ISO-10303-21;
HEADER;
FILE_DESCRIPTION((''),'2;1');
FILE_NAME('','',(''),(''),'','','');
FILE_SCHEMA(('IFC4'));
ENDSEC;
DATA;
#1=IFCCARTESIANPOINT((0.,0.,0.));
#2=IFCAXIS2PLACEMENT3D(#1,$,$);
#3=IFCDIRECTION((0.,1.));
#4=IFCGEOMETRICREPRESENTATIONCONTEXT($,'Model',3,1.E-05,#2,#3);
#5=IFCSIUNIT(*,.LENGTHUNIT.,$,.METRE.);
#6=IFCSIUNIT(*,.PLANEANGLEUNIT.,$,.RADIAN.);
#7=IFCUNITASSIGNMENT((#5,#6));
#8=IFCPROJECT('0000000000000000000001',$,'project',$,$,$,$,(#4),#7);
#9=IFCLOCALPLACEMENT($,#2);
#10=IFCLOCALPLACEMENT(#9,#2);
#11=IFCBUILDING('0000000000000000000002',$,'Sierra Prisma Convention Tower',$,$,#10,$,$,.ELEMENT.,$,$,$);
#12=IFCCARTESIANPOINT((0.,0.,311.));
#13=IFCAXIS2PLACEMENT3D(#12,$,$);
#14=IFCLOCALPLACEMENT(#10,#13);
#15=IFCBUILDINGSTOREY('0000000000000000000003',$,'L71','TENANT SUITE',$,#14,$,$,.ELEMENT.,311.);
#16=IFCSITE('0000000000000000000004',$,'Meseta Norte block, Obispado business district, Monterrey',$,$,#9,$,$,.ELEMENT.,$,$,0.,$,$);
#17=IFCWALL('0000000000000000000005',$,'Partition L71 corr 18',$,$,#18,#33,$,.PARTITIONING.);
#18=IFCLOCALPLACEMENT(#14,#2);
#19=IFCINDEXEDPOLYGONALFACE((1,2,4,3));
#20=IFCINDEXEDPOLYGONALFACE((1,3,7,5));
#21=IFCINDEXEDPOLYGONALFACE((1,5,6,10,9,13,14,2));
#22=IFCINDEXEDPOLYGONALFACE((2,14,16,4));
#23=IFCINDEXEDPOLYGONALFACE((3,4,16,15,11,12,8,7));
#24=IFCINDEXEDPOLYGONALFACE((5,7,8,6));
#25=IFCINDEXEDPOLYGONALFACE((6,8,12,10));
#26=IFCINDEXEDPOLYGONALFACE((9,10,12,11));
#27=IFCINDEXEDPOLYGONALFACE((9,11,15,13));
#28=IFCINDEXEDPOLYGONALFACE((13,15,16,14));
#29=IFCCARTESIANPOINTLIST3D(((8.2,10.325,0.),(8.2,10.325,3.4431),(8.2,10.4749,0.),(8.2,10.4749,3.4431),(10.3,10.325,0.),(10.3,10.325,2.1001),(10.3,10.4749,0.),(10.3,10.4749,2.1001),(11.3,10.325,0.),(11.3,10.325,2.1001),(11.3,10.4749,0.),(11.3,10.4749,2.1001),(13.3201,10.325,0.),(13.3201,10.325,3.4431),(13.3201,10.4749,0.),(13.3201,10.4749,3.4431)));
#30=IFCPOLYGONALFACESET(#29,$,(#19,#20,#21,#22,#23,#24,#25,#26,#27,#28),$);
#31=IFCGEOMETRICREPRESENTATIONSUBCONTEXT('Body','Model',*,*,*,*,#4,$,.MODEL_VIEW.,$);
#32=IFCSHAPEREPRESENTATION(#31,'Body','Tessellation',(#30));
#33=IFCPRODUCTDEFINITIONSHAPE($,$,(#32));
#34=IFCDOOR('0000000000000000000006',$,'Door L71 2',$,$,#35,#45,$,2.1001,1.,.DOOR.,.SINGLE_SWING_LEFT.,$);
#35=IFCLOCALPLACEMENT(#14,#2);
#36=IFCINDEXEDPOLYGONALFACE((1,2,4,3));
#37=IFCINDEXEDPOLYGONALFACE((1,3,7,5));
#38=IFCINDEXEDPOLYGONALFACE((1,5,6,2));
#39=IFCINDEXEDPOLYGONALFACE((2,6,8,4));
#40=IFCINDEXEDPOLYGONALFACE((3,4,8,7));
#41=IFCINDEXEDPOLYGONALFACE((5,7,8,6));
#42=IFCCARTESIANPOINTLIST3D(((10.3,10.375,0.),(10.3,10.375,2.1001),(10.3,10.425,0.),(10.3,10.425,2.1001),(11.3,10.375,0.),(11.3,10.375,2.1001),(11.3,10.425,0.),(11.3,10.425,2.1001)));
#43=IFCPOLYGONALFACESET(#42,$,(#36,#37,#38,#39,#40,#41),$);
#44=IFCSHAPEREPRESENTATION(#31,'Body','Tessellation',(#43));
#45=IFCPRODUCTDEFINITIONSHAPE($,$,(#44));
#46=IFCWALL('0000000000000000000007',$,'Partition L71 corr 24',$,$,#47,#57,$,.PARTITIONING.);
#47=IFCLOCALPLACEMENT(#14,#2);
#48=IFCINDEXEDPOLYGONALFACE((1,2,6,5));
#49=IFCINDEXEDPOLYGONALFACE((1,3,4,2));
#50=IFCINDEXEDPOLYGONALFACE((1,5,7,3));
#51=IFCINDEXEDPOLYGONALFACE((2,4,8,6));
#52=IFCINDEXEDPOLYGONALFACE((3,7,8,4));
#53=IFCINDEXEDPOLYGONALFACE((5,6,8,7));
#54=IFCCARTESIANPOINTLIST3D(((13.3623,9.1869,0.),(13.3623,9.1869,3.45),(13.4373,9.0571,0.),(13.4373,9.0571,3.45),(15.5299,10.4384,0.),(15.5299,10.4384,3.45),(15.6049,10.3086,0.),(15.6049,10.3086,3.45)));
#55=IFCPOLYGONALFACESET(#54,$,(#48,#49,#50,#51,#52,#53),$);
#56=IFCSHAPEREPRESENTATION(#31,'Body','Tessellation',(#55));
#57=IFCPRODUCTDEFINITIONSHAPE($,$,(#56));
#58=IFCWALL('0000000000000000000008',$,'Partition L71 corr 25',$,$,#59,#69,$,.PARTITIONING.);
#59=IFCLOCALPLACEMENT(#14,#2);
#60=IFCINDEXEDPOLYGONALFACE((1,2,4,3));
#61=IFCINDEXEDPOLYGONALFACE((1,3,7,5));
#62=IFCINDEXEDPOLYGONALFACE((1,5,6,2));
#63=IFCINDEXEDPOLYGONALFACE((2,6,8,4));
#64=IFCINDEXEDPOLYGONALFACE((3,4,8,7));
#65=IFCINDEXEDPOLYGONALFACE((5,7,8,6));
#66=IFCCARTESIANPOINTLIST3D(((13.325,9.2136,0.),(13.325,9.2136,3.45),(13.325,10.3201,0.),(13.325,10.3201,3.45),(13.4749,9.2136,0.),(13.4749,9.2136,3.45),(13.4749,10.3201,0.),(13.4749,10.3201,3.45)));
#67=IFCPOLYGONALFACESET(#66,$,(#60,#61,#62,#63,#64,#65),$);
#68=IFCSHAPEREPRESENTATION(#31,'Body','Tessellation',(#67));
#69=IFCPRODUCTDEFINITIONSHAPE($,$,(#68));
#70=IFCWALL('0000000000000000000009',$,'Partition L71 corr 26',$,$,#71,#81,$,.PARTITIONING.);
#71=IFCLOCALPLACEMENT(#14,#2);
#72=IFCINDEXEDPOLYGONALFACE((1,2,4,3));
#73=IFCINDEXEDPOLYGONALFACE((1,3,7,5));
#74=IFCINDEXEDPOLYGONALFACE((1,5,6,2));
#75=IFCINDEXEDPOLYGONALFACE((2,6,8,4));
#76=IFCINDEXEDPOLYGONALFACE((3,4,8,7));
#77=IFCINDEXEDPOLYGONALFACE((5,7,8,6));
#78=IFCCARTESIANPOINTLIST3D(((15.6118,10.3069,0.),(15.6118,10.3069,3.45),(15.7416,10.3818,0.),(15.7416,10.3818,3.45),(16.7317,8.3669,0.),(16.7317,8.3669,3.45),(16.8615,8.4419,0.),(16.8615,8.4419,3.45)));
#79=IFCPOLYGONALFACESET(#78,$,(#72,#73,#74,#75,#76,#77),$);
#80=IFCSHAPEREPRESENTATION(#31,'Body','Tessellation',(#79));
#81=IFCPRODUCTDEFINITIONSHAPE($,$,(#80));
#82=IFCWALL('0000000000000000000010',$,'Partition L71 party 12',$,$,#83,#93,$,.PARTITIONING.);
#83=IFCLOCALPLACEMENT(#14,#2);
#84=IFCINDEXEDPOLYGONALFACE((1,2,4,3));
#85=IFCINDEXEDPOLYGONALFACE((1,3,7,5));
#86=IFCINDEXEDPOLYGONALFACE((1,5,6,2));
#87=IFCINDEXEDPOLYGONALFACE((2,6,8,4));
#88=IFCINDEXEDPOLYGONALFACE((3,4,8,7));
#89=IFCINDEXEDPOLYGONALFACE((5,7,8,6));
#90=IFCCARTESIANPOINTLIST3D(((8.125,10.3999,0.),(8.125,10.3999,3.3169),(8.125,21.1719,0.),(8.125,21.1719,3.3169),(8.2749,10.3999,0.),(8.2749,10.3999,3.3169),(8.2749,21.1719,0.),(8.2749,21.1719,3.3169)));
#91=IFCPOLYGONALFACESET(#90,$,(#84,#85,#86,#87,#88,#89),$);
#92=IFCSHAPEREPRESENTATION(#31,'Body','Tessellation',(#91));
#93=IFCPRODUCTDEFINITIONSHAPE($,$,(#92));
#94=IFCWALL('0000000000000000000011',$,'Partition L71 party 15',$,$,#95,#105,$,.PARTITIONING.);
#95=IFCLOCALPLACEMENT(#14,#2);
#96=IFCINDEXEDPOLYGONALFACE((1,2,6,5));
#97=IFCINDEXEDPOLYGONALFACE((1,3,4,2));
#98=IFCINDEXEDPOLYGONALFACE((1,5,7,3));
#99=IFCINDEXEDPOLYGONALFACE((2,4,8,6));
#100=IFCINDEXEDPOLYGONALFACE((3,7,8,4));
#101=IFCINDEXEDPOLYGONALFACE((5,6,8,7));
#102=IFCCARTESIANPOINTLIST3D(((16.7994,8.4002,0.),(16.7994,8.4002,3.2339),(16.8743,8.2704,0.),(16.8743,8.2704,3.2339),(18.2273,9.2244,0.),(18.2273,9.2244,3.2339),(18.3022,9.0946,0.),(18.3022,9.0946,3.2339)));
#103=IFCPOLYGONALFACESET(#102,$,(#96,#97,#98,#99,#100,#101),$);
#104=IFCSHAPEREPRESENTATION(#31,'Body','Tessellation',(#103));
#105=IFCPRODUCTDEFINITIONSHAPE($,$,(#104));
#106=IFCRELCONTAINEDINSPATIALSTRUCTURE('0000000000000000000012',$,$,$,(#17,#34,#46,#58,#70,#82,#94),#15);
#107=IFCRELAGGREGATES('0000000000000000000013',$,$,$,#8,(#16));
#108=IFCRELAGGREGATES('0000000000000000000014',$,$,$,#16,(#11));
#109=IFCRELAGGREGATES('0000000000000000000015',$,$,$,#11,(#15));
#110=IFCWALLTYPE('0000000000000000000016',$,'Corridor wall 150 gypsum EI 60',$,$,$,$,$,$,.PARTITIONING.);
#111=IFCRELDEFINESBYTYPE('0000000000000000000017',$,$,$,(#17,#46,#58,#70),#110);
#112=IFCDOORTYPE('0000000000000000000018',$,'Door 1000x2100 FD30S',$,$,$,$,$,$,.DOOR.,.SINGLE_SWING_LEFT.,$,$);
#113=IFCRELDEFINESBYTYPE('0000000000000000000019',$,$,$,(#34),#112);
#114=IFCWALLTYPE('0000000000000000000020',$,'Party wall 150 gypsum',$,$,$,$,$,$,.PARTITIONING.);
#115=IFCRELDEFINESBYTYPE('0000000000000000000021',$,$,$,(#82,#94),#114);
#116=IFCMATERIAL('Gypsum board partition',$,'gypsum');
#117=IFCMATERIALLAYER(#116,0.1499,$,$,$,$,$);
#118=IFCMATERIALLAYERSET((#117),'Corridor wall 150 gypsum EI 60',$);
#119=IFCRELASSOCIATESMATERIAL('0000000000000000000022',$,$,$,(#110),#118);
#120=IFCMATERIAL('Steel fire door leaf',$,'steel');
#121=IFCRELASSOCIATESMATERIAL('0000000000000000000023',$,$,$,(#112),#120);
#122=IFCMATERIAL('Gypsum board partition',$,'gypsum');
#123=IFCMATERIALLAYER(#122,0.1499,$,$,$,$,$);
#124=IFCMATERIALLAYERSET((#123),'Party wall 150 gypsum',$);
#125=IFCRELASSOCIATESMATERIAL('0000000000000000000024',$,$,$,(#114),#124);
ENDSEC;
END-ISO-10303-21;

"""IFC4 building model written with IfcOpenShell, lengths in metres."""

from ifc_helpers import new_model, si_unit, direction, frame, frame_2d, origin, place, context, subcontext, project, spatial, rectangle, extrude, material, layer, layer_set, type_object, element, fill, save


model = new_model("IFC4")

# Units and contexts
model_context = context("Model", 3, precision=1e-05, world=origin(), true_north=direction((0.0, 1.0)))
body_context = subcontext(model_context, "Body", "Model", "MODEL_VIEW")
ifc_project = project(units=[si_unit("LENGTHUNIT", "METRE"), si_unit("PLANEANGLEUNIT", "RADIAN")], contexts=[model_context])

# Site, building, storey
site_placement = place(None, origin())
site = spatial("IfcSite", under=ifc_project, at=site_placement, Name="Meseta Norte block, Obispado business district, Monterrey", CompositionType="ELEMENT", RefElevation=0.0)
building_placement = place(site_placement, origin())
building = spatial("IfcBuilding", under=site, at=building_placement, Name="Sierra Prisma Convention Tower", CompositionType="ELEMENT")
storey_placement = place(building_placement, frame((0.0, 0.0, 311.0)))
storey = spatial("IfcBuildingStorey", under=building, at=storey_placement, Name="L71", Description="TENANT SUITE", CompositionType="ELEMENT", Elevation=311.0)

# Shared definitions
ifc_material_1 = material(Name="Gypsum board partition", Category="gypsum")
ifc_layer_1 = layer(ifc_material_1, 0.1499)
ifc_layer_set_1 = layer_set([ifc_layer_1], Name="Corridor wall 150 gypsum EI 60")
wall_type_1 = type_object("IfcWallType", Name="Corridor wall 150 gypsum EI 60", PredefinedType="PARTITIONING", material=ifc_layer_set_1)

# Shared definitions
ifc_material_2 = material(Name="Steel fire door leaf", Category="steel")
door_type_1 = type_object("IfcDoorType", Name="Door 1000x2100 FD30S", OperationType="SINGLE_SWING_LEFT", PredefinedType="DOOR", material=ifc_material_2)

# Wall, opening, door
wall_1_placement = place(storey_placement, frame((13.3201, 10.3999, 0.0), z_axis=(0.0, 0.0, 1.0), x_axis=(-1.0, 0.0, 0.0)))
wall_1 = element("IfcWall", 1, at=wall_1_placement, inside=storey, type_object=wall_type_1, Name="Partition L71 corr 18", PredefinedType="PARTITIONING", context=body_context, shape_type="SweptSolid", body=[
    extrude(rectangle(XDim=5.1201, YDim=0.1499, at=frame_2d((2.5601, 0.0))), origin(), (0.0, 0.0, 1.0), 3.4431),
])
opening_1_placement = place(wall_1_placement, frame((2.02, 0.0, 0.0)))
opening_1 = element("IfcOpeningElement", 2, at=opening_1_placement, cuts=wall_1, PredefinedType="OPENING", context=body_context, shape_type="SweptSolid", body=[
    extrude(rectangle(XDim=1.0, YDim=2.1001, at=frame_2d((0.5, 1.05))), frame((0.0, 0.075, 0.0), z_axis=(0.0, -1.0, 0.0), x_axis=(1.0, 0.0, 0.0)), (0.0, 0.0, 1.0), 0.1499),
])
door_1_placement = place(opening_1_placement, origin())
door_1 = element("IfcDoor", 3, at=door_1_placement, inside=storey, type_object=door_type_1, Name="Door L71 2", OperationType="SINGLE_SWING_LEFT", OverallHeight=2.1001, OverallWidth=1.0, PredefinedType="DOOR", context=body_context, shape_type="SweptSolid", body=[
    extrude(rectangle(XDim=1.0, YDim=2.1001, at=frame_2d((0.5, 1.05))), frame((0.0, 0.0249, 0.0), z_axis=(0.0, -1.0, 0.0), x_axis=(1.0, 0.0, 0.0)), (0.0, 0.0, 1.0), 0.05),
])
fill(opening_1, door_1)

# Walls
wall_2_placement = place(storey_placement, frame((15.5674, 10.3735, 0.0), z_axis=(0.0, 0.0, 1.0), x_axis=(-0.866013, -0.500021, 0.0)))
element("IfcWall", 4, at=wall_2_placement, inside=storey, type_object=wall_type_1, Name="Partition L71 corr 24", PredefinedType="PARTITIONING", context=body_context, shape_type="SweptSolid", body=[
    extrude(rectangle(XDim=2.5029, YDim=0.1499, at=frame_2d((1.2515, 0.0))), origin(), (0.0, 0.0, 1.0), 3.45),
])
wall_3_placement = place(storey_placement, frame((13.3999, 9.2136, 0.0), z_axis=(0.0, 0.0, 1.0), x_axis=(0.0, 1.0, 0.0)))
element("IfcWall", 5, at=wall_3_placement, inside=storey, type_object=wall_type_1, Name="Partition L71 corr 25", PredefinedType="PARTITIONING", context=body_context, shape_type="SweptSolid", body=[
    extrude(rectangle(XDim=1.1064, YDim=0.1499, at=frame_2d((0.5532, 0.0))), origin(), (0.0, 0.0, 1.0), 3.45),
])
wall_4_placement = place(storey_placement, frame((16.7966, 8.4043, 0.0), z_axis=(0.0, 0.0, 1.0), x_axis=(-0.499949, 0.866055, 0.0)))
element("IfcWall", 6, at=wall_4_placement, inside=storey, type_object=wall_type_1, Name="Partition L71 corr 26", PredefinedType="PARTITIONING", context=body_context, shape_type="SweptSolid", body=[
    extrude(rectangle(XDim=2.24, YDim=0.1499, at=frame_2d((1.1201, 0.0))), origin(), (0.0, 0.0, 1.0), 3.45),
])
ifc_material_3 = material(Name="Gypsum board partition", Category="gypsum")
ifc_layer_2 = layer(ifc_material_3, 0.1499)
ifc_layer_set_2 = layer_set([ifc_layer_2], Name="Party wall 150 gypsum")
wall_type_2 = type_object("IfcWallType", Name="Party wall 150 gypsum", PredefinedType="PARTITIONING", material=ifc_layer_set_2)
wall_5_placement = place(storey_placement, frame((8.2, 10.3999, 0.0), z_axis=(0.0, 0.0, 1.0), x_axis=(0.0, 1.0, 0.0)))
element("IfcWall", 7, at=wall_5_placement, inside=storey, type_object=wall_type_2, Name="Partition L71 party 12", PredefinedType="PARTITIONING", context=body_context, shape_type="SweptSolid", body=[
    extrude(rectangle(XDim=10.772, YDim=0.1499, at=frame_2d((5.386, 0.0))), origin(), (0.0, 0.0, 1.0), 3.3169),
])
wall_6_placement = place(storey_placement, frame((18.2646, 9.1594, 0.0), z_axis=(0.0, 0.0, 1.0), x_axis=(-0.866084, -0.499898, 0.0)))
element("IfcWall", 8, at=wall_6_placement, inside=storey, type_object=wall_type_2, Name="Partition L71 party 15", PredefinedType="PARTITIONING", context=body_context, shape_type="SweptSolid", body=[
    extrude(rectangle(XDim=1.6487, YDim=0.1499, at=frame_2d((0.8242, 0.0))), origin(), (0.0, 0.0, 1.0), 3.2339),
])

save(model, "model.ifc")
